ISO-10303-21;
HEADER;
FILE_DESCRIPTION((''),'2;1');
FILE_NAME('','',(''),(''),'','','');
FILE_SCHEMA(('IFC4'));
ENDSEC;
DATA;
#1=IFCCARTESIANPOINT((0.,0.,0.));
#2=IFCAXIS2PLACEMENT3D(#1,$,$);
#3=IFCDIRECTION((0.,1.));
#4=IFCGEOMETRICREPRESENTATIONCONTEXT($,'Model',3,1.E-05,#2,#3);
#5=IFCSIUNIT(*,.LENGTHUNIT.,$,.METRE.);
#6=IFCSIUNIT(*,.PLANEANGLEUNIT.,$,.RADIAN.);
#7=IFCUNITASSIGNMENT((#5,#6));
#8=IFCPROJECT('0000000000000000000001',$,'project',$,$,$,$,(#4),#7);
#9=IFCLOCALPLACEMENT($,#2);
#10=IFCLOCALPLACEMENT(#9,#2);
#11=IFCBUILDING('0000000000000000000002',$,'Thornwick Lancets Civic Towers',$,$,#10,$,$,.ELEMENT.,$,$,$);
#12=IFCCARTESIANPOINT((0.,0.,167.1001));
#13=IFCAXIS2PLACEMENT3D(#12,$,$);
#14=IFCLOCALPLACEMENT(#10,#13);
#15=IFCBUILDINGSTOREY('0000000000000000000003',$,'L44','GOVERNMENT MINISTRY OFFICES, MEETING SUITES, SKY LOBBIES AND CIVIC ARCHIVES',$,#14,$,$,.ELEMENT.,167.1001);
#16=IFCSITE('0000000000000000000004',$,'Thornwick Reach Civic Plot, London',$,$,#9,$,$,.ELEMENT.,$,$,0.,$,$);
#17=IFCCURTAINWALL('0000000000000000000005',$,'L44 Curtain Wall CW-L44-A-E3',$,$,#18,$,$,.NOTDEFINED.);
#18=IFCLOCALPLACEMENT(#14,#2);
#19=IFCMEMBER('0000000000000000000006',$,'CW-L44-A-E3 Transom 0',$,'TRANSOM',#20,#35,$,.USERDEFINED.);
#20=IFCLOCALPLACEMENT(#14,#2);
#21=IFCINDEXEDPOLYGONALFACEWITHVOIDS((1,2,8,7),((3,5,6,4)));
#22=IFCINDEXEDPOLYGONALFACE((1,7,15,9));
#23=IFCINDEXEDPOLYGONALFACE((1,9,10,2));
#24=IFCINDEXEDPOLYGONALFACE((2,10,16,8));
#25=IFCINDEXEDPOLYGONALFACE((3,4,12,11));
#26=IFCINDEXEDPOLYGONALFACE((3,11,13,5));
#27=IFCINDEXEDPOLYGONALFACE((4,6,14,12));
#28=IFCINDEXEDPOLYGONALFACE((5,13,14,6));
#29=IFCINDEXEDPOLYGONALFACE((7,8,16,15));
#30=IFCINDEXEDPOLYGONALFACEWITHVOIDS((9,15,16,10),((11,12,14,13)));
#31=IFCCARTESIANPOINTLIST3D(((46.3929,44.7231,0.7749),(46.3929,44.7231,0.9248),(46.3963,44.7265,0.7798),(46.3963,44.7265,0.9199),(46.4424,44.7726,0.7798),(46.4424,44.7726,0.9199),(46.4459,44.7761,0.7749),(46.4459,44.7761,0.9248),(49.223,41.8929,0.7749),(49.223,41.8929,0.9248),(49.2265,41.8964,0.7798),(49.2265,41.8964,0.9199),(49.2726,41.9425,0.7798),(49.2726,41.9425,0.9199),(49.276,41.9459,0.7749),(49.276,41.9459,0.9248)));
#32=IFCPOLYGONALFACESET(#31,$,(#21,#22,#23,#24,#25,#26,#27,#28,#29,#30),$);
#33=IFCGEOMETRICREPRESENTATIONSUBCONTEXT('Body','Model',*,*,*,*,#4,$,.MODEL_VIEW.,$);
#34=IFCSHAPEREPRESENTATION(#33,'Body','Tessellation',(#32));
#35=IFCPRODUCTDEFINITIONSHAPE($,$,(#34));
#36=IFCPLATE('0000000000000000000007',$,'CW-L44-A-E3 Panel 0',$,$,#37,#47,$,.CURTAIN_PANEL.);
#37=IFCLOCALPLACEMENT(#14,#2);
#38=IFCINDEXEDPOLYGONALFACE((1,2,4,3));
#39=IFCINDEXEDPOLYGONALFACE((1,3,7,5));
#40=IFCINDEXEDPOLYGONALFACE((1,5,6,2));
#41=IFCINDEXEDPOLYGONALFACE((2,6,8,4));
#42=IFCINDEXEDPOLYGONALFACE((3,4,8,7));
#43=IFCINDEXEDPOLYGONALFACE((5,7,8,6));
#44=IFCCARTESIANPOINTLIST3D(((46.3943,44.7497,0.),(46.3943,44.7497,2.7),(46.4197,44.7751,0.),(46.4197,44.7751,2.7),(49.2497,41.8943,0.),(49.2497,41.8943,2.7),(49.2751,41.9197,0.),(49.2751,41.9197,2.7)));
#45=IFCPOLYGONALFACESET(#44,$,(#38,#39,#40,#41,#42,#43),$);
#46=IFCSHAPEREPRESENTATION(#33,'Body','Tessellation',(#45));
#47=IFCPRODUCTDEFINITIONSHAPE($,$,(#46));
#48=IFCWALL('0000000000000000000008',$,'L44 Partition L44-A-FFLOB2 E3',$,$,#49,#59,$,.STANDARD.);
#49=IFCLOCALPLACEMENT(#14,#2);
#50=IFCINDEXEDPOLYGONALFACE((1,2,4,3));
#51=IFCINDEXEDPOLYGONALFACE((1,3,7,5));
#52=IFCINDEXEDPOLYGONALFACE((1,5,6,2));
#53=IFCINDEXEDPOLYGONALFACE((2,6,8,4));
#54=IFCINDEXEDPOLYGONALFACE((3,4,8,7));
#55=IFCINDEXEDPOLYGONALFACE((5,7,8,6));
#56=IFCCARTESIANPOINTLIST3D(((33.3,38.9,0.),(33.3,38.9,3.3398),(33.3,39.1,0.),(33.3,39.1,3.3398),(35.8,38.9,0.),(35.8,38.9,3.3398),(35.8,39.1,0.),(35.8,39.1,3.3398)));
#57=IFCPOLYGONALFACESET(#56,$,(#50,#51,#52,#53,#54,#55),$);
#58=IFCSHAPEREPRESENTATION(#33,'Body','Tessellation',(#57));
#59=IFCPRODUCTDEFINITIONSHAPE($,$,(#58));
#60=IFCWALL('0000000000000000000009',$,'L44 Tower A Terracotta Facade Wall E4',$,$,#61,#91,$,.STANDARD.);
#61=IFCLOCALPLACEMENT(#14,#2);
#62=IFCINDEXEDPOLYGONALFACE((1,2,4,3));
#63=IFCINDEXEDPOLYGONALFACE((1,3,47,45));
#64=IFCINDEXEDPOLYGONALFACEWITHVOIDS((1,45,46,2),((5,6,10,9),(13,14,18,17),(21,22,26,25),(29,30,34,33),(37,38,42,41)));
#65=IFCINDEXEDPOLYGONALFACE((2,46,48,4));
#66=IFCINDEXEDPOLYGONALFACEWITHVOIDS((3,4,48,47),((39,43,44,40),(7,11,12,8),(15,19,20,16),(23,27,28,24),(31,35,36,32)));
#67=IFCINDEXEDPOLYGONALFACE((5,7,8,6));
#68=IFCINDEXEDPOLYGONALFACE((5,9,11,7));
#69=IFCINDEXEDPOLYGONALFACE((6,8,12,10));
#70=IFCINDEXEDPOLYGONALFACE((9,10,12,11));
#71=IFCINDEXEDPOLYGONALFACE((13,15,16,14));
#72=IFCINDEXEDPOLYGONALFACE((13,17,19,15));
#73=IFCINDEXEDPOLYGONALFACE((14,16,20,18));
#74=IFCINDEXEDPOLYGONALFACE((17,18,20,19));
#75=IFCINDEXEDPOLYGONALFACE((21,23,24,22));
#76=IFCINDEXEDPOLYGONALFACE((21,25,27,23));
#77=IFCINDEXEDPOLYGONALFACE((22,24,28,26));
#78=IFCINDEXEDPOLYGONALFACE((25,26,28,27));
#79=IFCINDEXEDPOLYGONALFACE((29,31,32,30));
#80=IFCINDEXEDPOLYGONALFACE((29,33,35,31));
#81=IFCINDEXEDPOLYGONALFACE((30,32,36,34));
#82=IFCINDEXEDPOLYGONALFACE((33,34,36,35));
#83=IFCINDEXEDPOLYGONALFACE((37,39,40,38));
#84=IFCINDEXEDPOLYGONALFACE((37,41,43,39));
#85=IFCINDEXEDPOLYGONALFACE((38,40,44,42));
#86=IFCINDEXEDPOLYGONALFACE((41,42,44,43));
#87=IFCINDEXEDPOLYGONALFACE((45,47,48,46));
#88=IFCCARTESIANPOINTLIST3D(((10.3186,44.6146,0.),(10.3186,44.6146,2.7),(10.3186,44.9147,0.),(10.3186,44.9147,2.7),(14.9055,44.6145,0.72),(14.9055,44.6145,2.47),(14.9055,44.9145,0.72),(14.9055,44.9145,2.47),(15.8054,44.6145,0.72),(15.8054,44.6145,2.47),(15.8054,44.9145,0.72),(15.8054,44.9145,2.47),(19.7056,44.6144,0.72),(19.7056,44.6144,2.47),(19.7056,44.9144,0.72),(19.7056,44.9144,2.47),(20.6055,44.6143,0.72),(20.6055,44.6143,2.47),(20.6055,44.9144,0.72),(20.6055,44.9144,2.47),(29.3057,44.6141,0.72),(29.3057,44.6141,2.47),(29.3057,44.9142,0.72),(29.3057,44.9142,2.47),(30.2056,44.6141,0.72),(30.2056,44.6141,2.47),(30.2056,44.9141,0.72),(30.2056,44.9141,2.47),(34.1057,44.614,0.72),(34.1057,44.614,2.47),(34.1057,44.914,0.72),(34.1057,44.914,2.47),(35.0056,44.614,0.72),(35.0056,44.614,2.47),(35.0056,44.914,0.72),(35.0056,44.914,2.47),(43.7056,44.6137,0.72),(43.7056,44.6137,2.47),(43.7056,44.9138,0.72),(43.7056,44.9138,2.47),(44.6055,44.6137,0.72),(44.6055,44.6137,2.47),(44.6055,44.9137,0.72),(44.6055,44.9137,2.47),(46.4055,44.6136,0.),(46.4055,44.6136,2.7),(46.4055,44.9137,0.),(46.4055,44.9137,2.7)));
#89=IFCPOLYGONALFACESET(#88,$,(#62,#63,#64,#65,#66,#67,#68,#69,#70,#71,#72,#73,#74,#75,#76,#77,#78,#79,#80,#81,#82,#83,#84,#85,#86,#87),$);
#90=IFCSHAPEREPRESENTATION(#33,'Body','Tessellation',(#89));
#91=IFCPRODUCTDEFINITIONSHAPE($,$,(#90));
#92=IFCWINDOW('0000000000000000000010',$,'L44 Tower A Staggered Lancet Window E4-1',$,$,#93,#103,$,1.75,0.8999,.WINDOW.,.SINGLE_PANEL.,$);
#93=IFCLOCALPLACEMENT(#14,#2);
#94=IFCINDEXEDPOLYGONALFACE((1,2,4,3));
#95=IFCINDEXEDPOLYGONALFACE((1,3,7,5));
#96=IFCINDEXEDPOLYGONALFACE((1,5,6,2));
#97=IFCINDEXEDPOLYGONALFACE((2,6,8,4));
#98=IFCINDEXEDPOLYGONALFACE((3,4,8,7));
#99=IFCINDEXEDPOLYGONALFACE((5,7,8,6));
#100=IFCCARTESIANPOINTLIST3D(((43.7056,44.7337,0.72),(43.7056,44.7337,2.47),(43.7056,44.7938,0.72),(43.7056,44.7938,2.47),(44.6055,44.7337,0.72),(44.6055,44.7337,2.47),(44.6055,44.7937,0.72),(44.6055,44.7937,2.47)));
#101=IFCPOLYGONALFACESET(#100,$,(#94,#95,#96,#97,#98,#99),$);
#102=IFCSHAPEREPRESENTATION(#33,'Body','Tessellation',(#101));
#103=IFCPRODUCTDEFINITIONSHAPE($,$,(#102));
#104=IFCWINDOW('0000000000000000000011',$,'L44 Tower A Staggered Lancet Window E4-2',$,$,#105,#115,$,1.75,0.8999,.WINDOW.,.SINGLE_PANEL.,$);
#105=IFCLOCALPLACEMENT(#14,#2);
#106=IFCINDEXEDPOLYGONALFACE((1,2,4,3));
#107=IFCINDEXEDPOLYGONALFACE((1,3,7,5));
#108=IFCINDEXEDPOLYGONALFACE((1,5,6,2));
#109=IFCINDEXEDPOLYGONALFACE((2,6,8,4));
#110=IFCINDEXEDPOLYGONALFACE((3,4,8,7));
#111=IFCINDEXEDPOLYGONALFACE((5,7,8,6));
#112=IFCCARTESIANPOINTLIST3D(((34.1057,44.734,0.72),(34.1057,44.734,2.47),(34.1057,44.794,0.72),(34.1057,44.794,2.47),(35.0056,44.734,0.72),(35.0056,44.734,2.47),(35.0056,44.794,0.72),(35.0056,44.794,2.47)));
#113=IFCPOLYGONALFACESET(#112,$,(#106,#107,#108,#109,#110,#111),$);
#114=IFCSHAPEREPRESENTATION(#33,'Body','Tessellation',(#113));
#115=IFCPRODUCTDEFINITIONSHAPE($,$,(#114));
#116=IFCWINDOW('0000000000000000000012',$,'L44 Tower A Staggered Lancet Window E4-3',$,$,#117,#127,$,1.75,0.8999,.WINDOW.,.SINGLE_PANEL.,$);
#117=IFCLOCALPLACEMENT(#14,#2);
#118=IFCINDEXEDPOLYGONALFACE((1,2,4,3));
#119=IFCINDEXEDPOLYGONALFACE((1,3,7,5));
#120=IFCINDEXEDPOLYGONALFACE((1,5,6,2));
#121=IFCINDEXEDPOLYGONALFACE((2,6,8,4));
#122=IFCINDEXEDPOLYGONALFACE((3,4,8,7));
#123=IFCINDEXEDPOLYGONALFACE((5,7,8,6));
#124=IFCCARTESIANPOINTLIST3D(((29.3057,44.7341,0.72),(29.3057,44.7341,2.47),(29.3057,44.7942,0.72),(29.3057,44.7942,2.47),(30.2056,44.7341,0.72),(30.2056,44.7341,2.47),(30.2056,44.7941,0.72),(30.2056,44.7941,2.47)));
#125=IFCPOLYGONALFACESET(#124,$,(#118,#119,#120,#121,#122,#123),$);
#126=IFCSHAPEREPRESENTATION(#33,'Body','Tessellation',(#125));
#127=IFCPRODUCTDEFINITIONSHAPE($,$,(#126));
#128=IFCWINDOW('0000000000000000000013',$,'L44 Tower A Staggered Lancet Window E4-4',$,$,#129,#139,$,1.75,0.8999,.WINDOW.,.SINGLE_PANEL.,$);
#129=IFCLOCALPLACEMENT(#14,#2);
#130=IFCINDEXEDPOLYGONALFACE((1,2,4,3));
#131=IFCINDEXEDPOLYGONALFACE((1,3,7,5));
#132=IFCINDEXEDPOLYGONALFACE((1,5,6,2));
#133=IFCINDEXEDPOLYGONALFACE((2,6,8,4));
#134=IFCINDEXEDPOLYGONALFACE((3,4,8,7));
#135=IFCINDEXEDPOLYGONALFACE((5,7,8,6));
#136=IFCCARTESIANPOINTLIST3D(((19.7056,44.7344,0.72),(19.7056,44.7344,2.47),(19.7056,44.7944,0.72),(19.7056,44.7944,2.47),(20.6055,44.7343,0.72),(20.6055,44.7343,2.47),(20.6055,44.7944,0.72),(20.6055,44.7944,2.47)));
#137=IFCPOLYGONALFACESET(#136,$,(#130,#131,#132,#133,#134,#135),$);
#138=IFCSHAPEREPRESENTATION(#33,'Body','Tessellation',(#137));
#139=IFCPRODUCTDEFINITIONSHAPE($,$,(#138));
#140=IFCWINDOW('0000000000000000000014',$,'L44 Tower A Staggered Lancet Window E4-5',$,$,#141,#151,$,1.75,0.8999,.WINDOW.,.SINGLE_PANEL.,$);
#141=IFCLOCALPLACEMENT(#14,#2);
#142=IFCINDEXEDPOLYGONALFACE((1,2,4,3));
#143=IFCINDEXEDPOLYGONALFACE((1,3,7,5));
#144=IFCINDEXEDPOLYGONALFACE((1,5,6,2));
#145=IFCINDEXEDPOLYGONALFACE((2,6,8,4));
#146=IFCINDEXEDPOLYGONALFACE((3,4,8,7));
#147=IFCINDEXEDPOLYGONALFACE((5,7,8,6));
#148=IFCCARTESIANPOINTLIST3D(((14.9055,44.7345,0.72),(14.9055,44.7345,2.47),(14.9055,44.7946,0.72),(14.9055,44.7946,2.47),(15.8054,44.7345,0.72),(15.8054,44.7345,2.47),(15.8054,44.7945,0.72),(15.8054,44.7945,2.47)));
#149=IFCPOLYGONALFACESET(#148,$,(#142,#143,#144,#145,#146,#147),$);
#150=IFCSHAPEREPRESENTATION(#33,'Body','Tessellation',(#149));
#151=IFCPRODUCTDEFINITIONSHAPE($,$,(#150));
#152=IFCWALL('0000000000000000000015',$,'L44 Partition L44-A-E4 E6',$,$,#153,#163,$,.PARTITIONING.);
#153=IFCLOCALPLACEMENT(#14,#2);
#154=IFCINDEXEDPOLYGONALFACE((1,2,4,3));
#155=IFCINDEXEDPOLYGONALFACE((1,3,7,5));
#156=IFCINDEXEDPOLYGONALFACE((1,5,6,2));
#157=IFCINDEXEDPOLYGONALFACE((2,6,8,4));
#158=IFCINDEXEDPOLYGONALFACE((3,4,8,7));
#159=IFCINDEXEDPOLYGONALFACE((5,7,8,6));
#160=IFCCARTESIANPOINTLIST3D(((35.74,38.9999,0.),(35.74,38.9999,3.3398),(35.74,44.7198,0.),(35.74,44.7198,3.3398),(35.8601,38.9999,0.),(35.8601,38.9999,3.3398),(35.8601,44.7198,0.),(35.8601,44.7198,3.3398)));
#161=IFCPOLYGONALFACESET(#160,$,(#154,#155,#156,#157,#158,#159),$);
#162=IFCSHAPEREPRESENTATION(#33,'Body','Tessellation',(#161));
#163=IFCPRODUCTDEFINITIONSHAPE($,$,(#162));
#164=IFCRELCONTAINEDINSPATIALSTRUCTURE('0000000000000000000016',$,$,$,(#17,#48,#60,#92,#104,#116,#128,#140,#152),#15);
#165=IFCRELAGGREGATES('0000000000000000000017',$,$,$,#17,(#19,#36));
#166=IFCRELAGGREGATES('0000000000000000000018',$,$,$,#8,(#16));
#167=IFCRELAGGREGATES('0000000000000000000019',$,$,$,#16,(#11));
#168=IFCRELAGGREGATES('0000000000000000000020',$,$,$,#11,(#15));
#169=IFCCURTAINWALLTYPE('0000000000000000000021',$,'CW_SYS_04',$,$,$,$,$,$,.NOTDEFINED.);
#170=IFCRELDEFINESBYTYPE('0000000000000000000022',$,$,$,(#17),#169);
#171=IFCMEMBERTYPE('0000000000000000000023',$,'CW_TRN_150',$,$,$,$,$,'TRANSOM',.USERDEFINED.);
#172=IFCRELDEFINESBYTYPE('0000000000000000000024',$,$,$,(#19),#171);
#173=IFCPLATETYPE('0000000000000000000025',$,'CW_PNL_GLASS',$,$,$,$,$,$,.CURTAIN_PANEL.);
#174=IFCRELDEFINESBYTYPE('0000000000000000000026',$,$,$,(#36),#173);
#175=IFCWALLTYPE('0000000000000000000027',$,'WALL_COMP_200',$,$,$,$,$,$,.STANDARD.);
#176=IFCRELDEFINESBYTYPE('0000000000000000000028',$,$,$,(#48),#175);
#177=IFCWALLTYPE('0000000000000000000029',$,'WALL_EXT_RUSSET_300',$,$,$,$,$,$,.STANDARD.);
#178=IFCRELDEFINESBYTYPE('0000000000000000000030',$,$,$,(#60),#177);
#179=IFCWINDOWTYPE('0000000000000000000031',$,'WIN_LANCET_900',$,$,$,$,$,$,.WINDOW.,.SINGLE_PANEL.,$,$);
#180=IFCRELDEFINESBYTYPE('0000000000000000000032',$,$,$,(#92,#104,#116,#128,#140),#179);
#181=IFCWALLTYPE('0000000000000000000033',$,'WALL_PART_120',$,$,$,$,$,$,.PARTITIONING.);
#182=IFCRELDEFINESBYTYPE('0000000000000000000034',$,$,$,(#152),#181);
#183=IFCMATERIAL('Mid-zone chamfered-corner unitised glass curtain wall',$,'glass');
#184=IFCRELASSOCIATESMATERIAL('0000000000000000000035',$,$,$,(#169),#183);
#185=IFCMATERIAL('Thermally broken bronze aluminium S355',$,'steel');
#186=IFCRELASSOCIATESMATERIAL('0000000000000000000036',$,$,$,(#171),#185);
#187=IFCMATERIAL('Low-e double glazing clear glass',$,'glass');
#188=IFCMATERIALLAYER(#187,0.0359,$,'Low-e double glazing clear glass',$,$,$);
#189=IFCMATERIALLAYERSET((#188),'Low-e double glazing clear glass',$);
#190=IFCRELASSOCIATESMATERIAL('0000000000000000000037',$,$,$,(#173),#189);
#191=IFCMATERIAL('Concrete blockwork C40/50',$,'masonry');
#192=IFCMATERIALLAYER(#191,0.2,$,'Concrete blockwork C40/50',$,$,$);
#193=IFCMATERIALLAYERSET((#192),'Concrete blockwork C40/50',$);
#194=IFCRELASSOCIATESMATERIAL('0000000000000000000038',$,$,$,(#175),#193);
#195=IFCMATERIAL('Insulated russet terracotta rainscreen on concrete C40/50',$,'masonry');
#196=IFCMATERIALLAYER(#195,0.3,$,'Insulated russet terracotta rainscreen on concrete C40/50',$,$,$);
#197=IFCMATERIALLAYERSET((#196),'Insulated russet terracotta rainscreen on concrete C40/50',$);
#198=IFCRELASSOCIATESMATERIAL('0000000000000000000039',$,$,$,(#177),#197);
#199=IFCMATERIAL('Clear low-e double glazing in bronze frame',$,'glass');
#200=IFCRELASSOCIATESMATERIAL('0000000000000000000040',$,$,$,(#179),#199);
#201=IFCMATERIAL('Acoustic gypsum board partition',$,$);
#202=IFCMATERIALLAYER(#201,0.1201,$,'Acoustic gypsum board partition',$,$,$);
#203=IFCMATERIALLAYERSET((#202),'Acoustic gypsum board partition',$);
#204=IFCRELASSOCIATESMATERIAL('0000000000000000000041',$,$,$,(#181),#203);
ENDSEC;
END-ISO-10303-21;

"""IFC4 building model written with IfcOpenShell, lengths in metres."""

from ifc_helpers import new_model, si_unit, direction, frame, frame_2d, origin, origin_2d, place, context, subcontext, project, spatial, rectangle, hollow_rectangle, extrude, material, layer, layer_set, material_profile, profile_set, type_object, element, fill, aggregate, save


model = new_model("IFC4")

# Units and contexts
model_context = context("Model", 3, precision=1e-05, world=origin(), true_north=direction((0.0, 1.0)))
body_context = subcontext(model_context, "Body", "Model", "MODEL_VIEW")
ifc_project = project(units=[si_unit("LENGTHUNIT", "METRE"), si_unit("PLANEANGLEUNIT", "RADIAN")], contexts=[model_context])

# Site, building, storey
site_placement = place(None, origin())
site = spatial("IfcSite", under=ifc_project, at=site_placement, Name="Thornwick Reach Civic Plot, London", CompositionType="ELEMENT", RefElevation=0.0)
building_placement = place(site_placement, origin())
building = spatial("IfcBuilding", under=site, at=building_placement, Name="Thornwick Lancets Civic Towers", CompositionType="ELEMENT")
storey_placement = place(building_placement, frame((0.0, 0.0, 167.1001)))
storey = spatial("IfcBuildingStorey", under=building, at=storey_placement, Name="L44", Description="GOVERNMENT MINISTRY OFFICES, MEETING SUITES, SKY LOBBIES AND CIVIC ARCHIVES", CompositionType="ELEMENT", Elevation=167.1001)

# Curtain wall, member, plate
ifc_material_1 = material(Name="Mid-zone chamfered-corner unitised glass curtain wall", Category="glass")
curtain_wall_type = type_object("IfcCurtainWallType", Name="CW_SYS_04", PredefinedType="NOTDEFINED", material=ifc_material_1)
curtain_wall_placement = place(storey_placement, origin())
curtain_wall = element("IfcCurtainWall", 1, at=curtain_wall_placement, inside=storey, type_object=curtain_wall_type, Name="L44 Curtain Wall CW-L44-A-E3", PredefinedType="NOTDEFINED")
ifc_material_2 = material(Name="Thermally broken bronze aluminium S355", Category="steel")
ifc_material_profile_1 = material_profile(ifc_material_2, hollow_rectangle(XDim=0.075, YDim=0.1499, WallThickness=0.0049, at=origin_2d()), Name="RHS 150x75x5")
ifc_profile_set_1 = profile_set([ifc_material_profile_1], Name="Thermally broken bronze aluminium S355")
member_type_1 = type_object("IfcMemberType", Name="CW_TRN_150", ElementType="TRANSOM", PredefinedType="USERDEFINED", material=ifc_profile_set_1)
member_1_placement = place(storey_placement, frame((49.2495, 41.9194, 0.8499), z_axis=(-0.707107, 0.707107, 0.0), x_axis=(-0.707107, -0.707107, 0.0)))
member_1 = element("IfcMember", 2, at=member_1_placement, type_object=member_type_1, Name="CW-L44-A-E3 Transom 0", ObjectType="TRANSOM", PredefinedType="USERDEFINED", context=body_context, shape_type="SweptSolid", body=[
    extrude(hollow_rectangle(XDim=0.075, YDim=0.1499, WallThickness=0.0049, at=origin_2d()), origin(), (0.0, 0.0, 1.0), 4.0024),
])
ifc_material_3 = material(Name="Low-e double glazing clear glass", Category="glass")
ifc_layer_1 = layer(ifc_material_3, 0.0359, Name="Low-e double glazing clear glass")
ifc_layer_set_1 = layer_set([ifc_layer_1], Name="Low-e double glazing clear glass")
plate_type = type_object("IfcPlateType", Name="CW_PNL_GLASS", PredefinedType="CURTAIN_PANEL", material=ifc_layer_set_1)
plate_placement = place(storey_placement, frame((47.8347, 43.3347, 0.0), z_axis=(0.0, 0.0, 1.0), x_axis=(-0.707107, 0.707107, 0.0)))
plate = element("IfcPlate", 3, at=plate_placement, type_object=plate_type, Name="CW-L44-A-E3 Panel 0", PredefinedType="CURTAIN_PANEL", context=body_context, shape_type="SweptSolid", body=[
    extrude(rectangle(XDim=4.0381, YDim=0.0359, at=origin_2d()), origin(), (0.0, 0.0, 1.0), 2.7),
])
aggregate(curtain_wall, [member_1, plate])

# Wall
ifc_material_4 = material(Name="Concrete blockwork C40/50", Category="masonry")
ifc_layer_2 = layer(ifc_material_4, 0.2, Name="Concrete blockwork C40/50")
ifc_layer_set_2 = layer_set([ifc_layer_2], Name="Concrete blockwork C40/50")
wall_type_1 = type_object("IfcWallType", Name="WALL_COMP_200", PredefinedType="STANDARD", material=ifc_layer_set_2)
wall_1_placement = place(storey_placement, frame((35.8, 39.0, 0.0), z_axis=(0.0, 0.0, 1.0), x_axis=(-1.0, 0.0, 0.0)))
element("IfcWall", 4, at=wall_1_placement, inside=storey, type_object=wall_type_1, Name="L44 Partition L44-A-FFLOB2 E3", PredefinedType="STANDARD", context=body_context, shape_type="SweptSolid", body=[
    extrude(rectangle(XDim=2.5, YDim=0.2, at=frame_2d((1.25, 0.0))), origin(), (0.0, 0.0, 1.0), 3.3398),
])

# Wall, openings, windows
ifc_material_5 = material(Name="Insulated russet terracotta rainscreen on concrete C40/50", Category="masonry")
ifc_layer_3 = layer(ifc_material_5, 0.3, Name="Insulated russet terracotta rainscreen on concrete C40/50")
ifc_layer_set_3 = layer_set([ifc_layer_3], Name="Insulated russet terracotta rainscreen on concrete C40/50")
wall_type_2 = type_object("IfcWallType", Name="WALL_EXT_RUSSET_300", PredefinedType="STANDARD", material=ifc_layer_set_3)
wall_2_placement = place(storey_placement, frame((46.4055, 44.7637, 0.0), z_axis=(0.0, 0.0, 1.0), x_axis=(-1.0, 0.000027, 0.0)))
wall_2 = element("IfcWall", 5, at=wall_2_placement, inside=storey, type_object=wall_type_2, Name="L44 Tower A Terracotta Facade Wall E4", PredefinedType="STANDARD", context=body_context, shape_type="SweptSolid", body=[
    extrude(rectangle(XDim=36.0869, YDim=0.3, at=frame_2d((18.0435, 0.0))), origin(), (0.0, 0.0, 1.0), 2.7),
])
opening_1_placement = place(wall_2_placement, frame((1.8, 0.0, 0.72)))
opening_1 = element("IfcOpeningElement", 6, at=opening_1_placement, cuts=wall_2, PredefinedType="OPENING", context=body_context, shape_type="SweptSolid", body=[
    extrude(rectangle(XDim=0.8999, YDim=1.75, at=frame_2d((0.45, 0.875))), frame((0.0, 0.1602, 0.0), z_axis=(0.0, -1.0, 0.0), x_axis=(1.0, 0.0, 0.0)), (0.0, 0.0, 1.0), 0.3201),
])
opening_2_placement = place(wall_2_placement, frame((11.3999, 0.0, 0.72)))
opening_2 = element("IfcOpeningElement", 7, at=opening_2_placement, cuts=wall_2, PredefinedType="OPENING", context=body_context, shape_type="SweptSolid", body=[
    extrude(rectangle(XDim=0.8999, YDim=1.75, at=frame_2d((0.45, 0.875))), frame((0.0, 0.1602, 0.0), z_axis=(0.0, -1.0, 0.0), x_axis=(1.0, 0.0, 0.0)), (0.0, 0.0, 1.0), 0.3201),
])
opening_3_placement = place(wall_2_placement, frame((16.2, 0.0, 0.72)))
opening_3 = element("IfcOpeningElement", 8, at=opening_3_placement, cuts=wall_2, PredefinedType="OPENING", context=body_context, shape_type="SweptSolid", body=[
    extrude(rectangle(XDim=0.8999, YDim=1.75, at=frame_2d((0.45, 0.875))), frame((0.0, 0.1602, 0.0), z_axis=(0.0, -1.0, 0.0), x_axis=(1.0, 0.0, 0.0)), (0.0, 0.0, 1.0), 0.3201),
])
opening_4_placement = place(wall_2_placement, frame((25.8, 0.0, 0.72)))
opening_4 = element("IfcOpeningElement", 9, at=opening_4_placement, cuts=wall_2, PredefinedType="OPENING", context=body_context, shape_type="SweptSolid", body=[
    extrude(rectangle(XDim=0.8999, YDim=1.75, at=frame_2d((0.45, 0.875))), frame((0.0, 0.1602, 0.0), z_axis=(0.0, -1.0, 0.0), x_axis=(1.0, 0.0, 0.0)), (0.0, 0.0, 1.0), 0.3201),
])
opening_5_placement = place(wall_2_placement, frame((30.6001, 0.0, 0.72)))
opening_5 = element("IfcOpeningElement", 10, at=opening_5_placement, cuts=wall_2, PredefinedType="OPENING", context=body_context, shape_type="SweptSolid", body=[
    extrude(rectangle(XDim=0.8999, YDim=1.75, at=frame_2d((0.45, 0.875))), frame((0.0, 0.1602, 0.0), z_axis=(0.0, -1.0, 0.0), x_axis=(1.0, 0.0, 0.0)), (0.0, 0.0, 1.0), 0.3201),
])
ifc_material_6 = material(Name="Clear low-e double glazing in bronze frame", Category="glass")
window_type = type_object("IfcWindowType", Name="WIN_LANCET_900", PartitioningType="SINGLE_PANEL", PredefinedType="WINDOW", material=ifc_material_6)
window_1_placement = place(opening_1_placement, origin())
window_1 = element("IfcWindow", 11, at=window_1_placement, inside=storey, type_object=window_type, Name="L44 Tower A Staggered Lancet Window E4-1", OverallHeight=1.75, OverallWidth=0.8999, PartitioningType="SINGLE_PANEL", PredefinedType="WINDOW", context=body_context, shape_type="SweptSolid", body=[
    extrude(rectangle(XDim=0.8999, YDim=1.75, at=frame_2d((0.45, 0.875))), frame((0.0, 0.03, 0.0), z_axis=(0.0, -1.0, 0.0), x_axis=(1.0, 0.0, 0.0)), (0.0, 0.0, 1.0), 0.0601),
])
fill(opening_1, window_1)
window_2_placement = place(opening_2_placement, origin())
window_2 = element("IfcWindow", 12, at=window_2_placement, inside=storey, type_object=window_type, Name="L44 Tower A Staggered Lancet Window E4-2", OverallHeight=1.75, OverallWidth=0.8999, PartitioningType="SINGLE_PANEL", PredefinedType="WINDOW", context=body_context, shape_type="SweptSolid", body=[
    extrude(rectangle(XDim=0.8999, YDim=1.75, at=frame_2d((0.45, 0.875))), frame((0.0, 0.03, 0.0), z_axis=(0.0, -1.0, 0.0), x_axis=(1.0, 0.0, 0.0)), (0.0, 0.0, 1.0), 0.0601),
])
fill(opening_2, window_2)
window_3_placement = place(opening_3_placement, origin())
window_3 = element("IfcWindow", 13, at=window_3_placement, inside=storey, type_object=window_type, Name="L44 Tower A Staggered Lancet Window E4-3", OverallHeight=1.75, OverallWidth=0.8999, PartitioningType="SINGLE_PANEL", PredefinedType="WINDOW", context=body_context, shape_type="SweptSolid", body=[
    extrude(rectangle(XDim=0.8999, YDim=1.75, at=frame_2d((0.45, 0.875))), frame((0.0, 0.03, 0.0), z_axis=(0.0, -1.0, 0.0), x_axis=(1.0, 0.0, 0.0)), (0.0, 0.0, 1.0), 0.0601),
])
fill(opening_3, window_3)
window_4_placement = place(opening_4_placement, origin())
window_4 = element("IfcWindow", 14, at=window_4_placement, inside=storey, type_object=window_type, Name="L44 Tower A Staggered Lancet Window E4-4", OverallHeight=1.75, OverallWidth=0.8999, PartitioningType="SINGLE_PANEL", PredefinedType="WINDOW", context=body_context, shape_type="SweptSolid", body=[
    extrude(rectangle(XDim=0.8999, YDim=1.75, at=frame_2d((0.45, 0.875))), frame((0.0, 0.03, 0.0), z_axis=(0.0, -1.0, 0.0), x_axis=(1.0, 0.0, 0.0)), (0.0, 0.0, 1.0), 0.0601),
])
fill(opening_4, window_4)
window_5_placement = place(opening_5_placement, origin())
window_5 = element("IfcWindow", 15, at=window_5_placement, inside=storey, type_object=window_type, Name="L44 Tower A Staggered Lancet Window E4-5", OverallHeight=1.75, OverallWidth=0.8999, PartitioningType="SINGLE_PANEL", PredefinedType="WINDOW", context=body_context, shape_type="SweptSolid", body=[
    extrude(rectangle(XDim=0.8999, YDim=1.75, at=frame_2d((0.45, 0.875))), frame((0.0, 0.03, 0.0), z_axis=(0.0, -1.0, 0.0), x_axis=(1.0, 0.0, 0.0)), (0.0, 0.0, 1.0), 0.0601),
])
fill(opening_5, window_5)

# Wall
ifc_material_7 = material(Name="Acoustic gypsum board partition")
ifc_layer_4 = layer(ifc_material_7, 0.1201, Name="Acoustic gypsum board partition")
ifc_layer_set_4 = layer_set([ifc_layer_4], Name="Acoustic gypsum board partition")
wall_type_3 = type_object("IfcWallType", Name="WALL_PART_120", PredefinedType="PARTITIONING", material=ifc_layer_set_4)
wall_3_placement = place(storey_placement, frame((35.8, 39.0, 0.0), z_axis=(0.0, 0.0, 1.0), x_axis=(0.0, 1.0, 0.0)))
element("IfcWall", 16, at=wall_3_placement, inside=storey, type_object=wall_type_3, Name="L44 Partition L44-A-E4 E6", PredefinedType="PARTITIONING", context=body_context, shape_type="SweptSolid", body=[
    extrude(rectangle(XDim=5.72, YDim=0.1201, at=frame_2d((2.8599, 0.0))), origin(), (0.0, 0.0, 1.0), 3.3398),
])

save(model, "model.ifc")
